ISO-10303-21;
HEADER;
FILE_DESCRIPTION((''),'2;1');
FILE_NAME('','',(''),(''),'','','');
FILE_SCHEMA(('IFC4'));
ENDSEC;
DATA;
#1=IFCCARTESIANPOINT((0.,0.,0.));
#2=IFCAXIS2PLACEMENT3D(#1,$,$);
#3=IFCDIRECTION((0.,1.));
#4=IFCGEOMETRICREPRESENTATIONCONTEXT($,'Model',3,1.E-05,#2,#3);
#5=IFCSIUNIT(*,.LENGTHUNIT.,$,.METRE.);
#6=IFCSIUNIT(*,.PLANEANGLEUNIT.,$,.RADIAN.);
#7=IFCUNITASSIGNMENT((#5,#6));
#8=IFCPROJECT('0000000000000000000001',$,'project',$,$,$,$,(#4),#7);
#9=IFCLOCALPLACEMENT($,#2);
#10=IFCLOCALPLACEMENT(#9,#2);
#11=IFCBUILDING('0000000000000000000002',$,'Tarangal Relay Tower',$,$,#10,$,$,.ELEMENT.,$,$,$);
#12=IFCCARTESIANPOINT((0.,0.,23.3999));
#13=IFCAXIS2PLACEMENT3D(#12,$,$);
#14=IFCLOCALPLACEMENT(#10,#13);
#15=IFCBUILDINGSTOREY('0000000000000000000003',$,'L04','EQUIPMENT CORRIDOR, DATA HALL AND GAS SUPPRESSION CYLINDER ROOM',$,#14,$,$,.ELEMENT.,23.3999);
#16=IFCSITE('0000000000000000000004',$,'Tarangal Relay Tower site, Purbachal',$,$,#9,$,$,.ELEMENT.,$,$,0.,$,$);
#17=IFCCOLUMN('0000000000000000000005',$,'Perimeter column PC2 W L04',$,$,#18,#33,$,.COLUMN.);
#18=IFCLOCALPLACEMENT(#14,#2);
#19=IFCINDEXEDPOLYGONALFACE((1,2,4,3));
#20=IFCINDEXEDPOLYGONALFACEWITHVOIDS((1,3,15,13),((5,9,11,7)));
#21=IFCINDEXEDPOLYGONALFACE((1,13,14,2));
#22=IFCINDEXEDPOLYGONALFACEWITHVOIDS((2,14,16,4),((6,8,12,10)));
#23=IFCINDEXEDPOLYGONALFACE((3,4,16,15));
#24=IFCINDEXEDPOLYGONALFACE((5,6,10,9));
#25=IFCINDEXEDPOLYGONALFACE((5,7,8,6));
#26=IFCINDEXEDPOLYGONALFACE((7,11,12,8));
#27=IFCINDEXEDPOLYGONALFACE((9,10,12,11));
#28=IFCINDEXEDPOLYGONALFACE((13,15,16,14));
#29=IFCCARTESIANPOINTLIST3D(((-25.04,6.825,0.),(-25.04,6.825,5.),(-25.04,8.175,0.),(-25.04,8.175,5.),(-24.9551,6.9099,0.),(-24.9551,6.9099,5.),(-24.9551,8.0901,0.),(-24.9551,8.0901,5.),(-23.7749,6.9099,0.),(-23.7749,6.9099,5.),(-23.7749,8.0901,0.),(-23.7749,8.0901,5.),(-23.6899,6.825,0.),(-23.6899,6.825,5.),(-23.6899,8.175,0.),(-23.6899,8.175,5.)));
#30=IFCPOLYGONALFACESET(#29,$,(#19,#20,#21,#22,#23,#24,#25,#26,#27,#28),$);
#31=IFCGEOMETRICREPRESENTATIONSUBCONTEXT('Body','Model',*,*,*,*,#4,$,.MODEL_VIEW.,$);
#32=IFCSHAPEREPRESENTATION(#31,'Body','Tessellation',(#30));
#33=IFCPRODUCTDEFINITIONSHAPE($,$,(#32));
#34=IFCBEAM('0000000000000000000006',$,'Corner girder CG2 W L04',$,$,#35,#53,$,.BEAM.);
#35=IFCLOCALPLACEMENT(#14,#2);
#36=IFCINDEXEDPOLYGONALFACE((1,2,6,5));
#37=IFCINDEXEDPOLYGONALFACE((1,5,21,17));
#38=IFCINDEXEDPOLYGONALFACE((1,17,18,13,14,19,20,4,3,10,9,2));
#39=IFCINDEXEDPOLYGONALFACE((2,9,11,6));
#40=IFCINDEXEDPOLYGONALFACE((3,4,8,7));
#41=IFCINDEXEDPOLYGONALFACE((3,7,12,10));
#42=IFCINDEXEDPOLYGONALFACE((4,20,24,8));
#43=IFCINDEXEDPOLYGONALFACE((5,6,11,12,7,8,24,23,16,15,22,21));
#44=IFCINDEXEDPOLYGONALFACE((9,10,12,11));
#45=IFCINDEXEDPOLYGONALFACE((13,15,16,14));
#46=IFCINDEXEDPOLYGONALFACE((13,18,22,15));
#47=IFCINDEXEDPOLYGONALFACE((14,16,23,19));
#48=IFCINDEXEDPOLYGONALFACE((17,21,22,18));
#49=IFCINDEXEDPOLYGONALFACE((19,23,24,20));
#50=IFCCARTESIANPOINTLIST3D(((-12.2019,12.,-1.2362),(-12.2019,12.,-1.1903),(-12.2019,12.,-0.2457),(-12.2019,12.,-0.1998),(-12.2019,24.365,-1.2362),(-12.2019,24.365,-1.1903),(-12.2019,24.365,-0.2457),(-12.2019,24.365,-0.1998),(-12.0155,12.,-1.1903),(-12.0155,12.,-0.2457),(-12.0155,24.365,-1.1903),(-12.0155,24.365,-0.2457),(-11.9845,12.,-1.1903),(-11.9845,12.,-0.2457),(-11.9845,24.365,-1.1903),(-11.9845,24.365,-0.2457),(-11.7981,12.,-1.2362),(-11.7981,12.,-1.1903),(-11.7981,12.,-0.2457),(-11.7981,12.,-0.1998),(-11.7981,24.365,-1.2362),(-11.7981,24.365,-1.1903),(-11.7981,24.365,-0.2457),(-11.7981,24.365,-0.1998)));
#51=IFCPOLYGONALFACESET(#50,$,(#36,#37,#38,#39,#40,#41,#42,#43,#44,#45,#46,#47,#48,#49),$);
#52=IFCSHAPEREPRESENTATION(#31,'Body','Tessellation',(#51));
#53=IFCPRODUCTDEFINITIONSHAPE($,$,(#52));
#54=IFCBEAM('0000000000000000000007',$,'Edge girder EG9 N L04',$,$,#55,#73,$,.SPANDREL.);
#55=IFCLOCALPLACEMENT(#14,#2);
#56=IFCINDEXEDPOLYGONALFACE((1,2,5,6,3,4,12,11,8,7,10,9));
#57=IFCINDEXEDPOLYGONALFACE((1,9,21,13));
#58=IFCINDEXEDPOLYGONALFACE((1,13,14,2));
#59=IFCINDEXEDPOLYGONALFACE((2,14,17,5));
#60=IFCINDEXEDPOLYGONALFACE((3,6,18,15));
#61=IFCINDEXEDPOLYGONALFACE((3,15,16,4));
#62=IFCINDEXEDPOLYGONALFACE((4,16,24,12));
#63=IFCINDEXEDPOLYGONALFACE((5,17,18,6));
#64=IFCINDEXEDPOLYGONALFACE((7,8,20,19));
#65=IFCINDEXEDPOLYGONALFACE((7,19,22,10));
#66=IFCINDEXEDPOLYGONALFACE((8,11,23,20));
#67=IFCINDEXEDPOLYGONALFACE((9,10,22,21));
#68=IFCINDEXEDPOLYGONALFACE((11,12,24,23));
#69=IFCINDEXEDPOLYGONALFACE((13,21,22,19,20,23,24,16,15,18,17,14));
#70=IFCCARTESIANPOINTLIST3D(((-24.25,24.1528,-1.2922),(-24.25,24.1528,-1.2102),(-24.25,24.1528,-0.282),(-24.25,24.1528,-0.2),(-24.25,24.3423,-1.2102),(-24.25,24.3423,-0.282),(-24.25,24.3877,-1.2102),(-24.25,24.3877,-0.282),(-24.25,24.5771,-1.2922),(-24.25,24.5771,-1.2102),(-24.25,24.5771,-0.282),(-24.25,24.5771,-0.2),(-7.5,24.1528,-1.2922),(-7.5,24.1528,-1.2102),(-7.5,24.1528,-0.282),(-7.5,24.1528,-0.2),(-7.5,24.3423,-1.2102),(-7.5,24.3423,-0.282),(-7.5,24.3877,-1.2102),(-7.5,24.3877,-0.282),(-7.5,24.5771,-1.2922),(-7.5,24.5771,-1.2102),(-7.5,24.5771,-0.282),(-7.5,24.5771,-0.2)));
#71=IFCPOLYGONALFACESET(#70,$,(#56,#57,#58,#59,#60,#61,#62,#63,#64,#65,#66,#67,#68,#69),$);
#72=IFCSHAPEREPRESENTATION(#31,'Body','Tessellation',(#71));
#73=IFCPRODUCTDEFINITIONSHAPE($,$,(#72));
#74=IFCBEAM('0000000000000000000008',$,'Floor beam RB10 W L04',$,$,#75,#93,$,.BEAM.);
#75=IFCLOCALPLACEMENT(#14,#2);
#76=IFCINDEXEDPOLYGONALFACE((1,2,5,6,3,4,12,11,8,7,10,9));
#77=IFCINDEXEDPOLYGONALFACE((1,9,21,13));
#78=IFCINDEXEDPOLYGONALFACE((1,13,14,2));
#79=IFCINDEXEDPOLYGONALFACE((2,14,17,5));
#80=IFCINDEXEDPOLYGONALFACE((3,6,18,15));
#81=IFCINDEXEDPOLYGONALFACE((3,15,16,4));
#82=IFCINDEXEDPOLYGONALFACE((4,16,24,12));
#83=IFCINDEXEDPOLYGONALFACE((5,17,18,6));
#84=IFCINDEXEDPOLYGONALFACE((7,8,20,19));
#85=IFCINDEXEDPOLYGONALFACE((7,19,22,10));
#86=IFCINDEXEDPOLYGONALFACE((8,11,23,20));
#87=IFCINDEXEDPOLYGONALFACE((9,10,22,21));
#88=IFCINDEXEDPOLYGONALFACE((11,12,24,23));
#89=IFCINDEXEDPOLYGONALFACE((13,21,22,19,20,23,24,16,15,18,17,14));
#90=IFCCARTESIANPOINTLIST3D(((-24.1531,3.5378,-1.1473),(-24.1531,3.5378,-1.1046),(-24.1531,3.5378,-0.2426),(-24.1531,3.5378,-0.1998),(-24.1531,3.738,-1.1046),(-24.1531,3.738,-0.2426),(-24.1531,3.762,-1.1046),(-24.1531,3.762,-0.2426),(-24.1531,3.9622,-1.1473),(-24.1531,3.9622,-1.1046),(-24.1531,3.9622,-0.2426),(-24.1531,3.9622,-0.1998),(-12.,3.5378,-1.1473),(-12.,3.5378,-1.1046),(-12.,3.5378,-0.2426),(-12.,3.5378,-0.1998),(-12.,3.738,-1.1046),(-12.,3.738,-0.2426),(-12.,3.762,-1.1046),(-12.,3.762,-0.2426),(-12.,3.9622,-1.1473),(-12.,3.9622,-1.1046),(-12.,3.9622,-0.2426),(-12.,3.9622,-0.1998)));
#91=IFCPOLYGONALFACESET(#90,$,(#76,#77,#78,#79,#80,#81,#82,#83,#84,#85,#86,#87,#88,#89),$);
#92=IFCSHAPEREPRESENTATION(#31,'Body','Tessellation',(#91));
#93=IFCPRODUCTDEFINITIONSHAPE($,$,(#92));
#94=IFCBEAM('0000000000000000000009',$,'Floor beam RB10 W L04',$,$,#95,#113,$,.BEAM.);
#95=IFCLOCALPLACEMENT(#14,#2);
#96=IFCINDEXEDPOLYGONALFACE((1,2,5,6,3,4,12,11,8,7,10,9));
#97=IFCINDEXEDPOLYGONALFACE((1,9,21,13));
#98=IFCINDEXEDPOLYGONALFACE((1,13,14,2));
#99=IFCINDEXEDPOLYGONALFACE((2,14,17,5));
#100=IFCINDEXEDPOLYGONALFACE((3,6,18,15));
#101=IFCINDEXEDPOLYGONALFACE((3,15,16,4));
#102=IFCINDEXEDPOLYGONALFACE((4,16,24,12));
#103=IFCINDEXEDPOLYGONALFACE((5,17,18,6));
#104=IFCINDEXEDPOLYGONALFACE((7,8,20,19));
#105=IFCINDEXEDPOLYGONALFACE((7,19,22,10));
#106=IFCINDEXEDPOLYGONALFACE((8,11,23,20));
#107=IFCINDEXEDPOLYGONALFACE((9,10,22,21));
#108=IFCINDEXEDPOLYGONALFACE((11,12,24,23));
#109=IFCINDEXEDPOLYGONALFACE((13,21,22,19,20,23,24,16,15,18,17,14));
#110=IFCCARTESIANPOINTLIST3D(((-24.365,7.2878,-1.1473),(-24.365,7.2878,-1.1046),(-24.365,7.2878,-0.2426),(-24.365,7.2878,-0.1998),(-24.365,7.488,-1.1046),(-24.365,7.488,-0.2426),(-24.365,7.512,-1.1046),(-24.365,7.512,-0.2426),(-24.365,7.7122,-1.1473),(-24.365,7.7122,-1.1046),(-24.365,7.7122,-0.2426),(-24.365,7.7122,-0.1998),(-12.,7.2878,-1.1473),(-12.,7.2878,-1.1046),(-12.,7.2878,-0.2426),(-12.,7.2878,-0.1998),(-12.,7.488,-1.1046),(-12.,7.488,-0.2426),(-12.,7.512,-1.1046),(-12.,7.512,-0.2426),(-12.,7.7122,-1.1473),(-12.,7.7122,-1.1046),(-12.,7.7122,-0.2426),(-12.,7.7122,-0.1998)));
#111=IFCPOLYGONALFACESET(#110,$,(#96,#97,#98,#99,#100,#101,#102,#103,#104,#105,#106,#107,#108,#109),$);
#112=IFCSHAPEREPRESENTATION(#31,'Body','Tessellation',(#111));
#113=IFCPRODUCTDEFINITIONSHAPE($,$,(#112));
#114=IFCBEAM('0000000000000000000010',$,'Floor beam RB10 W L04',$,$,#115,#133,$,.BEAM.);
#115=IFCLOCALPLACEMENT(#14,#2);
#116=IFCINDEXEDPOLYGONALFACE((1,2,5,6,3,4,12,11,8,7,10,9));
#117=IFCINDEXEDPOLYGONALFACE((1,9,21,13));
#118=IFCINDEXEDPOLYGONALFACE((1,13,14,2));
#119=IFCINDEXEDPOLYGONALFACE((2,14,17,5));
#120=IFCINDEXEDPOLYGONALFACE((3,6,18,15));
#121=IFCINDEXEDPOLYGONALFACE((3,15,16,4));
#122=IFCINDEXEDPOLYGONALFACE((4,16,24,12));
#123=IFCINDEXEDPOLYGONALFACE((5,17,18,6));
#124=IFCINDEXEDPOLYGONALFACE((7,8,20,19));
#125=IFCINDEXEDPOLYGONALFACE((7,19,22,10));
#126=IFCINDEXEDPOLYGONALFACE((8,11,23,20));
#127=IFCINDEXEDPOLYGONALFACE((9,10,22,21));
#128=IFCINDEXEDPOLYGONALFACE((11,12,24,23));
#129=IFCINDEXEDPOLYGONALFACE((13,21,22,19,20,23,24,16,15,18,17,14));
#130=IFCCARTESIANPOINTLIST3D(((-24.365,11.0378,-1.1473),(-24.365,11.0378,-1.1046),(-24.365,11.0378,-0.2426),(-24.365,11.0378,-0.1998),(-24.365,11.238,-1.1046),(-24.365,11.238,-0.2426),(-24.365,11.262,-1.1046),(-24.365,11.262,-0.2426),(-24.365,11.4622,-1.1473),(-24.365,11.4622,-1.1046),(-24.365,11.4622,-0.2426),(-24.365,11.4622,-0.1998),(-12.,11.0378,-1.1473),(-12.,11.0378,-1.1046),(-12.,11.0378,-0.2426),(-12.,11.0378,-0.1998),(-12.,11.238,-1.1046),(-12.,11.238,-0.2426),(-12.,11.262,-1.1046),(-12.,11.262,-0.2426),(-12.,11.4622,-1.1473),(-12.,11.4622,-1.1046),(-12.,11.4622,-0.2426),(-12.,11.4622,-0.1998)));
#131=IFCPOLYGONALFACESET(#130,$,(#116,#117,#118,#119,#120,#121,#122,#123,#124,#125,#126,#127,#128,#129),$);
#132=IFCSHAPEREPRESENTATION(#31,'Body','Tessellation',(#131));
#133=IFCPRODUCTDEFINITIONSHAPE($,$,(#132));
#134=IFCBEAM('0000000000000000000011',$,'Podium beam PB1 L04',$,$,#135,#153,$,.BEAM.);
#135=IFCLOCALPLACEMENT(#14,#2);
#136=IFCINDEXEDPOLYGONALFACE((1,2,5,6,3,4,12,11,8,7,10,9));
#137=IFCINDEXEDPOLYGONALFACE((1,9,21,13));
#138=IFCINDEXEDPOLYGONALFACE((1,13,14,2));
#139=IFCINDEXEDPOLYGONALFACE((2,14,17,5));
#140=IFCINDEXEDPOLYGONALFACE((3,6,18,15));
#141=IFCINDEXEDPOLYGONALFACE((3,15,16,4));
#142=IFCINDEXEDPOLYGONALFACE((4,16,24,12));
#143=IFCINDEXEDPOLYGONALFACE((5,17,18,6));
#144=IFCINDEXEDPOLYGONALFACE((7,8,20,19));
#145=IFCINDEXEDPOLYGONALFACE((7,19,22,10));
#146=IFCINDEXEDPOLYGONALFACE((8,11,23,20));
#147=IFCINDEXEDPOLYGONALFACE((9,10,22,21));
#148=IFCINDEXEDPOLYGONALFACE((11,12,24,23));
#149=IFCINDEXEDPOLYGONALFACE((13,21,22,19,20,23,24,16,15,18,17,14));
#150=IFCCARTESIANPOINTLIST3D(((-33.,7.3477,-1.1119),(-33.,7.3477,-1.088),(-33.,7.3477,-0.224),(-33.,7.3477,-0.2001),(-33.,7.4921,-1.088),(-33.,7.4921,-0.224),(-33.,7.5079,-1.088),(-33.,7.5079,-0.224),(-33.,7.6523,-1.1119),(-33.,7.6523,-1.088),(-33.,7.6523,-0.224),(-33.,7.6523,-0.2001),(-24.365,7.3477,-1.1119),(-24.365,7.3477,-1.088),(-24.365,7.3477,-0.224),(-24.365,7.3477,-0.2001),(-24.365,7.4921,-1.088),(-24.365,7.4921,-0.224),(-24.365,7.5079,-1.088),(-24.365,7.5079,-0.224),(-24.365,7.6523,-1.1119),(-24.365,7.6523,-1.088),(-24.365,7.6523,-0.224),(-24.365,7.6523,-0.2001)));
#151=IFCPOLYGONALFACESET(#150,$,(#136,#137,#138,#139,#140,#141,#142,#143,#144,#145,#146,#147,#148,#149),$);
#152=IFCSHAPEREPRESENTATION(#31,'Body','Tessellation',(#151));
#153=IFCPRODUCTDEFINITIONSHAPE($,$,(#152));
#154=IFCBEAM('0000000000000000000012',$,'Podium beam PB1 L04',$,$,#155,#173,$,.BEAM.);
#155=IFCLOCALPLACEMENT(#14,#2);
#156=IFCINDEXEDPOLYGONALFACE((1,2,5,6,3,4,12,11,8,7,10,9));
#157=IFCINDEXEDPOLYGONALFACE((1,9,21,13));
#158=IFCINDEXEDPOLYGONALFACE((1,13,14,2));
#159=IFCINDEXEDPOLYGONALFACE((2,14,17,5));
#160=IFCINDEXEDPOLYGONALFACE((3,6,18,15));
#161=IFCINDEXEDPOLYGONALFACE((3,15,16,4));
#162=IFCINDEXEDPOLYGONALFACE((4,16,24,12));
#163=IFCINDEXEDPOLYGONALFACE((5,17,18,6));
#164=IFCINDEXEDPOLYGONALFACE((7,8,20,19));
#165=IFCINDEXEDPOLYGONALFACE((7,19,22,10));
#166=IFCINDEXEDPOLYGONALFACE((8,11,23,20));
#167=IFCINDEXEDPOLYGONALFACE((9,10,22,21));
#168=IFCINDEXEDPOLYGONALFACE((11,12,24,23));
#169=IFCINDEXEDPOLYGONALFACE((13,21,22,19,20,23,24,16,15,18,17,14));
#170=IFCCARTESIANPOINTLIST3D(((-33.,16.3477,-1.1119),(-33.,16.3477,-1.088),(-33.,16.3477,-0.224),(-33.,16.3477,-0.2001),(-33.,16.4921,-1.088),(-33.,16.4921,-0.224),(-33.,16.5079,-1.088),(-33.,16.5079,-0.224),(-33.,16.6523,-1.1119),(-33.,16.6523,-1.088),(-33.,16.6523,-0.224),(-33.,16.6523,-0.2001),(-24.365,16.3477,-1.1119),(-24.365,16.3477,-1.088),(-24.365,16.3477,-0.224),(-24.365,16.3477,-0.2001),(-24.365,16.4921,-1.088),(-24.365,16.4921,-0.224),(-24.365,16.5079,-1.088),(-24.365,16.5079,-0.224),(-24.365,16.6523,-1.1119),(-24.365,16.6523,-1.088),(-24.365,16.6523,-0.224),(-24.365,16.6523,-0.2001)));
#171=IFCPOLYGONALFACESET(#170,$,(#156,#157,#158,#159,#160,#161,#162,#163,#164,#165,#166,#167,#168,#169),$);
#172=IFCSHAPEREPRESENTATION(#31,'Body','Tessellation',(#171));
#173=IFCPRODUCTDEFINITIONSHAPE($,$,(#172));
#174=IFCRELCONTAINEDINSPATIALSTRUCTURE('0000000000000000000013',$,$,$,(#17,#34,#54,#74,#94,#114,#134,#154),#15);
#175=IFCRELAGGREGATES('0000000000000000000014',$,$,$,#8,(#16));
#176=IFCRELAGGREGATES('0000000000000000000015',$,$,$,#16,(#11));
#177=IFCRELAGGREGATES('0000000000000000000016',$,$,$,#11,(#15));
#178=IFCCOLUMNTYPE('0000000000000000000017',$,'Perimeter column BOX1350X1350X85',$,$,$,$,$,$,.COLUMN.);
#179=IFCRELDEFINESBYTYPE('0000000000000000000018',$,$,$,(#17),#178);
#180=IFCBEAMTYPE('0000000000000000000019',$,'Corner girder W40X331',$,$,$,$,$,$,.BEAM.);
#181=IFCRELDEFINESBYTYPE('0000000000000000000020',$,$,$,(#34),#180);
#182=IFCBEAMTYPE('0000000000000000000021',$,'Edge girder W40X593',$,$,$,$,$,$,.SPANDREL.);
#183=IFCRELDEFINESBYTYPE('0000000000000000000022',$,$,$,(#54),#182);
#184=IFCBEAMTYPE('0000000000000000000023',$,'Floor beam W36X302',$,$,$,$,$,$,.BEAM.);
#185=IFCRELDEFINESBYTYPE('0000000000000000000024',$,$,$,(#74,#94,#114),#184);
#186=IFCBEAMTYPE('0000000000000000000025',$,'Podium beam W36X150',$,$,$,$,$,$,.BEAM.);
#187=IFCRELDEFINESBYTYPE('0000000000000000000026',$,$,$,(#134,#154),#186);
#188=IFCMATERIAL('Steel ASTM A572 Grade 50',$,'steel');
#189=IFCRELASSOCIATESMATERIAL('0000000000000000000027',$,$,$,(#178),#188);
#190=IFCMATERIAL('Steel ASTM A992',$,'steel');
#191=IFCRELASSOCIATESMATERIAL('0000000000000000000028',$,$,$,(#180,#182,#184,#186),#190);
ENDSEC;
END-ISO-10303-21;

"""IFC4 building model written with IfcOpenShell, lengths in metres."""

from ifc_helpers import new_model, si_unit, direction, frame, origin, origin_2d, place, context, subcontext, project, spatial, hollow_rectangle, i_section, extrude, material, material_profile, profile_set, type_object, element, save


model = new_model("IFC4")

# Units and contexts
model_context = context("Model", 3, precision=1e-05, world=origin(), true_north=direction((0.0, 1.0)))
body_context = subcontext(model_context, "Body", "Model", "MODEL_VIEW")
ifc_project = project(units=[si_unit("LENGTHUNIT", "METRE"), si_unit("PLANEANGLEUNIT", "RADIAN")], contexts=[model_context])

# Site, building, storey
site_placement = place(None, origin())
site = spatial("IfcSite", under=ifc_project, at=site_placement, Name="Tarangal Relay Tower site, Purbachal", CompositionType="ELEMENT", RefElevation=0.0)
building_placement = place(site_placement, origin())
building = spatial("IfcBuilding", under=site, at=building_placement, Name="Tarangal Relay Tower", CompositionType="ELEMENT")
storey_placement = place(building_placement, frame((0.0, 0.0, 23.3999)))
storey = spatial("IfcBuildingStorey", under=building, at=storey_placement, Name="L04", Description="EQUIPMENT CORRIDOR, DATA HALL AND GAS SUPPRESSION CYLINDER ROOM", CompositionType="ELEMENT", Elevation=23.3999)

# Column
ifc_material_1 = material(Name="Steel ASTM A572 Grade 50", Category="steel")
ifc_material_profile_1 = material_profile(ifc_material_1, hollow_rectangle(XDim=1.3501, YDim=1.3501, WallThickness=0.085, at=origin_2d()), Name="BOX1350X1350X85")
ifc_profile_set_1 = profile_set([ifc_material_profile_1], Name="Steel ASTM A572 Grade 50")
column_type = type_object("IfcColumnType", Name="Perimeter column BOX1350X1350X85", PredefinedType="COLUMN", material=ifc_profile_set_1)
column_placement = place(storey_placement, frame((-24.365, 7.5, 0.0), z_axis=(0.0, 0.0, 1.0), x_axis=(1.0, 0.0, 0.0)))
element("IfcColumn", 1, at=column_placement, inside=storey, type_object=column_type, Name="Perimeter column PC2 W L04", PredefinedType="COLUMN", context=body_context, shape_type="SweptSolid", body=[
    extrude(hollow_rectangle(XDim=1.3501, YDim=1.3501, WallThickness=0.085, at=origin_2d()), origin(), (0.0, 0.0, 1.0), 5.0),
])

# Beams
ifc_material_2 = material(Name="Steel ASTM A992", Category="steel")
ifc_material_profile_2 = material_profile(ifc_material_2, i_section(OverallWidth=0.4038, OverallDepth=1.0364, WebThickness=0.031, FlangeThickness=0.0459, at=origin_2d()), Name="W40X331")
ifc_profile_set_2 = profile_set([ifc_material_profile_2], Name="Steel ASTM A992")
beam_type_1 = type_object("IfcBeamType", Name="Corner girder W40X331", PredefinedType="BEAM", material=ifc_profile_set_2)
beam_1_placement = place(storey_placement, frame((-12.0, 12.0, -0.718), z_axis=(0.0, 1.0, 0.0), x_axis=(-1.0, 0.0, 0.0)))
element("IfcBeam", 2, at=beam_1_placement, inside=storey, type_object=beam_type_1, Name="Corner girder CG2 W L04", PredefinedType="BEAM", context=body_context, shape_type="SweptSolid", body=[
    extrude(i_section(OverallWidth=0.4038, OverallDepth=1.0364, WebThickness=0.031, FlangeThickness=0.0459, at=origin_2d()), origin(), (0.0, 0.0, 1.0), 12.365),
])
ifc_material_profile_3 = material_profile(ifc_material_2, i_section(OverallWidth=0.4243, OverallDepth=1.0923, WebThickness=0.0454, FlangeThickness=0.082, at=origin_2d()), Name="W40X593")
ifc_profile_set_3 = profile_set([ifc_material_profile_3], Name="Steel ASTM A992")
beam_type_2 = type_object("IfcBeamType", Name="Edge girder W40X593", PredefinedType="SPANDREL", material=ifc_profile_set_3)
beam_2_placement = place(storey_placement, frame((-24.25, 24.365, -0.7461), z_axis=(1.0, 0.0, 0.0), x_axis=(0.0, 1.0, 0.0)))
element("IfcBeam", 3, at=beam_2_placement, inside=storey, type_object=beam_type_2, Name="Edge girder EG9 N L04", PredefinedType="SPANDREL", context=body_context, shape_type="SweptSolid", body=[
    extrude(i_section(OverallWidth=0.4243, OverallDepth=1.0923, WebThickness=0.0454, FlangeThickness=0.082, at=origin_2d()), origin(), (0.0, 0.0, 1.0), 16.75),
])
ifc_material_profile_4 = material_profile(ifc_material_2, i_section(OverallWidth=0.4243, OverallDepth=0.9475, WebThickness=0.0239, FlangeThickness=0.0427, at=origin_2d()), Name="W36X302")
ifc_profile_set_4 = profile_set([ifc_material_profile_4], Name="Steel ASTM A992")
beam_type_3 = type_object("IfcBeamType", Name="Floor beam W36X302", PredefinedType="BEAM", material=ifc_profile_set_4)
beam_3_placement = place(storey_placement, frame((-12.0, 3.75, -0.6736), z_axis=(-1.0, 0.0, 0.0), x_axis=(0.0, -1.0, 0.0)))
element("IfcBeam", 4, at=beam_3_placement, inside=storey, type_object=beam_type_3, Name="Floor beam RB10 W L04", PredefinedType="BEAM", context=body_context, shape_type="SweptSolid", body=[
    extrude(i_section(OverallWidth=0.4243, OverallDepth=0.9475, WebThickness=0.0239, FlangeThickness=0.0427, at=origin_2d()), origin(), (0.0, 0.0, 1.0), 12.1531),
])
for number, where, z_axis, x_axis, name in (
    (5, (-12.0, 7.5, -0.6736), (-1.0, 0.0, 0.0), (0.0, -1.0, 0.0), "Floor beam RB10 W L04"),
    (6, (-12.0, 11.25, -0.6736), (-1.0, 0.0, 0.0), (0.0, -1.0, 0.0), "Floor beam RB10 W L04"),
):
    element("IfcBeam", number, at=place(storey_placement, frame(where, z_axis=z_axis, x_axis=x_axis)), inside=storey, type_object=beam_type_3, Name=name, PredefinedType="BEAM", context=body_context, shape_type="SweptSolid", body=[
        extrude(i_section(OverallWidth=0.4243, OverallDepth=0.9475, WebThickness=0.0239, FlangeThickness=0.0427, at=origin_2d()), origin(), (0.0, 0.0, 1.0), 12.365),
    ])
ifc_material_profile_5 = material_profile(ifc_material_2, i_section(OverallWidth=0.3047, OverallDepth=0.9119, WebThickness=0.0159, FlangeThickness=0.0239, at=origin_2d()), Name="W36X150")
ifc_profile_set_5 = profile_set([ifc_material_profile_5], Name="Steel ASTM A992")
beam_type_4 = type_object("IfcBeamType", Name="Podium beam W36X150", PredefinedType="BEAM", material=ifc_profile_set_5)
for number, where, z_axis, x_axis, name in (
    (7, (-24.365, 7.5, -0.656), (-1.0, 0.0, 0.0), (0.0, -1.0, 0.0), "Podium beam PB1 L04"),
    (8, (-24.365, 16.5, -0.656), (-1.0, 0.0, 0.0), (0.0, -1.0, 0.0), "Podium beam PB1 L04"),
):
    element("IfcBeam", number, at=place(storey_placement, frame(where, z_axis=z_axis, x_axis=x_axis)), inside=storey, type_object=beam_type_4, Name=name, PredefinedType="BEAM", context=body_context, shape_type="SweptSolid", body=[
        extrude(i_section(OverallWidth=0.3047, OverallDepth=0.9119, WebThickness=0.0159, FlangeThickness=0.0239, at=origin_2d()), origin(), (0.0, 0.0, 1.0), 8.635),
    ])

save(model, "model.ifc")
